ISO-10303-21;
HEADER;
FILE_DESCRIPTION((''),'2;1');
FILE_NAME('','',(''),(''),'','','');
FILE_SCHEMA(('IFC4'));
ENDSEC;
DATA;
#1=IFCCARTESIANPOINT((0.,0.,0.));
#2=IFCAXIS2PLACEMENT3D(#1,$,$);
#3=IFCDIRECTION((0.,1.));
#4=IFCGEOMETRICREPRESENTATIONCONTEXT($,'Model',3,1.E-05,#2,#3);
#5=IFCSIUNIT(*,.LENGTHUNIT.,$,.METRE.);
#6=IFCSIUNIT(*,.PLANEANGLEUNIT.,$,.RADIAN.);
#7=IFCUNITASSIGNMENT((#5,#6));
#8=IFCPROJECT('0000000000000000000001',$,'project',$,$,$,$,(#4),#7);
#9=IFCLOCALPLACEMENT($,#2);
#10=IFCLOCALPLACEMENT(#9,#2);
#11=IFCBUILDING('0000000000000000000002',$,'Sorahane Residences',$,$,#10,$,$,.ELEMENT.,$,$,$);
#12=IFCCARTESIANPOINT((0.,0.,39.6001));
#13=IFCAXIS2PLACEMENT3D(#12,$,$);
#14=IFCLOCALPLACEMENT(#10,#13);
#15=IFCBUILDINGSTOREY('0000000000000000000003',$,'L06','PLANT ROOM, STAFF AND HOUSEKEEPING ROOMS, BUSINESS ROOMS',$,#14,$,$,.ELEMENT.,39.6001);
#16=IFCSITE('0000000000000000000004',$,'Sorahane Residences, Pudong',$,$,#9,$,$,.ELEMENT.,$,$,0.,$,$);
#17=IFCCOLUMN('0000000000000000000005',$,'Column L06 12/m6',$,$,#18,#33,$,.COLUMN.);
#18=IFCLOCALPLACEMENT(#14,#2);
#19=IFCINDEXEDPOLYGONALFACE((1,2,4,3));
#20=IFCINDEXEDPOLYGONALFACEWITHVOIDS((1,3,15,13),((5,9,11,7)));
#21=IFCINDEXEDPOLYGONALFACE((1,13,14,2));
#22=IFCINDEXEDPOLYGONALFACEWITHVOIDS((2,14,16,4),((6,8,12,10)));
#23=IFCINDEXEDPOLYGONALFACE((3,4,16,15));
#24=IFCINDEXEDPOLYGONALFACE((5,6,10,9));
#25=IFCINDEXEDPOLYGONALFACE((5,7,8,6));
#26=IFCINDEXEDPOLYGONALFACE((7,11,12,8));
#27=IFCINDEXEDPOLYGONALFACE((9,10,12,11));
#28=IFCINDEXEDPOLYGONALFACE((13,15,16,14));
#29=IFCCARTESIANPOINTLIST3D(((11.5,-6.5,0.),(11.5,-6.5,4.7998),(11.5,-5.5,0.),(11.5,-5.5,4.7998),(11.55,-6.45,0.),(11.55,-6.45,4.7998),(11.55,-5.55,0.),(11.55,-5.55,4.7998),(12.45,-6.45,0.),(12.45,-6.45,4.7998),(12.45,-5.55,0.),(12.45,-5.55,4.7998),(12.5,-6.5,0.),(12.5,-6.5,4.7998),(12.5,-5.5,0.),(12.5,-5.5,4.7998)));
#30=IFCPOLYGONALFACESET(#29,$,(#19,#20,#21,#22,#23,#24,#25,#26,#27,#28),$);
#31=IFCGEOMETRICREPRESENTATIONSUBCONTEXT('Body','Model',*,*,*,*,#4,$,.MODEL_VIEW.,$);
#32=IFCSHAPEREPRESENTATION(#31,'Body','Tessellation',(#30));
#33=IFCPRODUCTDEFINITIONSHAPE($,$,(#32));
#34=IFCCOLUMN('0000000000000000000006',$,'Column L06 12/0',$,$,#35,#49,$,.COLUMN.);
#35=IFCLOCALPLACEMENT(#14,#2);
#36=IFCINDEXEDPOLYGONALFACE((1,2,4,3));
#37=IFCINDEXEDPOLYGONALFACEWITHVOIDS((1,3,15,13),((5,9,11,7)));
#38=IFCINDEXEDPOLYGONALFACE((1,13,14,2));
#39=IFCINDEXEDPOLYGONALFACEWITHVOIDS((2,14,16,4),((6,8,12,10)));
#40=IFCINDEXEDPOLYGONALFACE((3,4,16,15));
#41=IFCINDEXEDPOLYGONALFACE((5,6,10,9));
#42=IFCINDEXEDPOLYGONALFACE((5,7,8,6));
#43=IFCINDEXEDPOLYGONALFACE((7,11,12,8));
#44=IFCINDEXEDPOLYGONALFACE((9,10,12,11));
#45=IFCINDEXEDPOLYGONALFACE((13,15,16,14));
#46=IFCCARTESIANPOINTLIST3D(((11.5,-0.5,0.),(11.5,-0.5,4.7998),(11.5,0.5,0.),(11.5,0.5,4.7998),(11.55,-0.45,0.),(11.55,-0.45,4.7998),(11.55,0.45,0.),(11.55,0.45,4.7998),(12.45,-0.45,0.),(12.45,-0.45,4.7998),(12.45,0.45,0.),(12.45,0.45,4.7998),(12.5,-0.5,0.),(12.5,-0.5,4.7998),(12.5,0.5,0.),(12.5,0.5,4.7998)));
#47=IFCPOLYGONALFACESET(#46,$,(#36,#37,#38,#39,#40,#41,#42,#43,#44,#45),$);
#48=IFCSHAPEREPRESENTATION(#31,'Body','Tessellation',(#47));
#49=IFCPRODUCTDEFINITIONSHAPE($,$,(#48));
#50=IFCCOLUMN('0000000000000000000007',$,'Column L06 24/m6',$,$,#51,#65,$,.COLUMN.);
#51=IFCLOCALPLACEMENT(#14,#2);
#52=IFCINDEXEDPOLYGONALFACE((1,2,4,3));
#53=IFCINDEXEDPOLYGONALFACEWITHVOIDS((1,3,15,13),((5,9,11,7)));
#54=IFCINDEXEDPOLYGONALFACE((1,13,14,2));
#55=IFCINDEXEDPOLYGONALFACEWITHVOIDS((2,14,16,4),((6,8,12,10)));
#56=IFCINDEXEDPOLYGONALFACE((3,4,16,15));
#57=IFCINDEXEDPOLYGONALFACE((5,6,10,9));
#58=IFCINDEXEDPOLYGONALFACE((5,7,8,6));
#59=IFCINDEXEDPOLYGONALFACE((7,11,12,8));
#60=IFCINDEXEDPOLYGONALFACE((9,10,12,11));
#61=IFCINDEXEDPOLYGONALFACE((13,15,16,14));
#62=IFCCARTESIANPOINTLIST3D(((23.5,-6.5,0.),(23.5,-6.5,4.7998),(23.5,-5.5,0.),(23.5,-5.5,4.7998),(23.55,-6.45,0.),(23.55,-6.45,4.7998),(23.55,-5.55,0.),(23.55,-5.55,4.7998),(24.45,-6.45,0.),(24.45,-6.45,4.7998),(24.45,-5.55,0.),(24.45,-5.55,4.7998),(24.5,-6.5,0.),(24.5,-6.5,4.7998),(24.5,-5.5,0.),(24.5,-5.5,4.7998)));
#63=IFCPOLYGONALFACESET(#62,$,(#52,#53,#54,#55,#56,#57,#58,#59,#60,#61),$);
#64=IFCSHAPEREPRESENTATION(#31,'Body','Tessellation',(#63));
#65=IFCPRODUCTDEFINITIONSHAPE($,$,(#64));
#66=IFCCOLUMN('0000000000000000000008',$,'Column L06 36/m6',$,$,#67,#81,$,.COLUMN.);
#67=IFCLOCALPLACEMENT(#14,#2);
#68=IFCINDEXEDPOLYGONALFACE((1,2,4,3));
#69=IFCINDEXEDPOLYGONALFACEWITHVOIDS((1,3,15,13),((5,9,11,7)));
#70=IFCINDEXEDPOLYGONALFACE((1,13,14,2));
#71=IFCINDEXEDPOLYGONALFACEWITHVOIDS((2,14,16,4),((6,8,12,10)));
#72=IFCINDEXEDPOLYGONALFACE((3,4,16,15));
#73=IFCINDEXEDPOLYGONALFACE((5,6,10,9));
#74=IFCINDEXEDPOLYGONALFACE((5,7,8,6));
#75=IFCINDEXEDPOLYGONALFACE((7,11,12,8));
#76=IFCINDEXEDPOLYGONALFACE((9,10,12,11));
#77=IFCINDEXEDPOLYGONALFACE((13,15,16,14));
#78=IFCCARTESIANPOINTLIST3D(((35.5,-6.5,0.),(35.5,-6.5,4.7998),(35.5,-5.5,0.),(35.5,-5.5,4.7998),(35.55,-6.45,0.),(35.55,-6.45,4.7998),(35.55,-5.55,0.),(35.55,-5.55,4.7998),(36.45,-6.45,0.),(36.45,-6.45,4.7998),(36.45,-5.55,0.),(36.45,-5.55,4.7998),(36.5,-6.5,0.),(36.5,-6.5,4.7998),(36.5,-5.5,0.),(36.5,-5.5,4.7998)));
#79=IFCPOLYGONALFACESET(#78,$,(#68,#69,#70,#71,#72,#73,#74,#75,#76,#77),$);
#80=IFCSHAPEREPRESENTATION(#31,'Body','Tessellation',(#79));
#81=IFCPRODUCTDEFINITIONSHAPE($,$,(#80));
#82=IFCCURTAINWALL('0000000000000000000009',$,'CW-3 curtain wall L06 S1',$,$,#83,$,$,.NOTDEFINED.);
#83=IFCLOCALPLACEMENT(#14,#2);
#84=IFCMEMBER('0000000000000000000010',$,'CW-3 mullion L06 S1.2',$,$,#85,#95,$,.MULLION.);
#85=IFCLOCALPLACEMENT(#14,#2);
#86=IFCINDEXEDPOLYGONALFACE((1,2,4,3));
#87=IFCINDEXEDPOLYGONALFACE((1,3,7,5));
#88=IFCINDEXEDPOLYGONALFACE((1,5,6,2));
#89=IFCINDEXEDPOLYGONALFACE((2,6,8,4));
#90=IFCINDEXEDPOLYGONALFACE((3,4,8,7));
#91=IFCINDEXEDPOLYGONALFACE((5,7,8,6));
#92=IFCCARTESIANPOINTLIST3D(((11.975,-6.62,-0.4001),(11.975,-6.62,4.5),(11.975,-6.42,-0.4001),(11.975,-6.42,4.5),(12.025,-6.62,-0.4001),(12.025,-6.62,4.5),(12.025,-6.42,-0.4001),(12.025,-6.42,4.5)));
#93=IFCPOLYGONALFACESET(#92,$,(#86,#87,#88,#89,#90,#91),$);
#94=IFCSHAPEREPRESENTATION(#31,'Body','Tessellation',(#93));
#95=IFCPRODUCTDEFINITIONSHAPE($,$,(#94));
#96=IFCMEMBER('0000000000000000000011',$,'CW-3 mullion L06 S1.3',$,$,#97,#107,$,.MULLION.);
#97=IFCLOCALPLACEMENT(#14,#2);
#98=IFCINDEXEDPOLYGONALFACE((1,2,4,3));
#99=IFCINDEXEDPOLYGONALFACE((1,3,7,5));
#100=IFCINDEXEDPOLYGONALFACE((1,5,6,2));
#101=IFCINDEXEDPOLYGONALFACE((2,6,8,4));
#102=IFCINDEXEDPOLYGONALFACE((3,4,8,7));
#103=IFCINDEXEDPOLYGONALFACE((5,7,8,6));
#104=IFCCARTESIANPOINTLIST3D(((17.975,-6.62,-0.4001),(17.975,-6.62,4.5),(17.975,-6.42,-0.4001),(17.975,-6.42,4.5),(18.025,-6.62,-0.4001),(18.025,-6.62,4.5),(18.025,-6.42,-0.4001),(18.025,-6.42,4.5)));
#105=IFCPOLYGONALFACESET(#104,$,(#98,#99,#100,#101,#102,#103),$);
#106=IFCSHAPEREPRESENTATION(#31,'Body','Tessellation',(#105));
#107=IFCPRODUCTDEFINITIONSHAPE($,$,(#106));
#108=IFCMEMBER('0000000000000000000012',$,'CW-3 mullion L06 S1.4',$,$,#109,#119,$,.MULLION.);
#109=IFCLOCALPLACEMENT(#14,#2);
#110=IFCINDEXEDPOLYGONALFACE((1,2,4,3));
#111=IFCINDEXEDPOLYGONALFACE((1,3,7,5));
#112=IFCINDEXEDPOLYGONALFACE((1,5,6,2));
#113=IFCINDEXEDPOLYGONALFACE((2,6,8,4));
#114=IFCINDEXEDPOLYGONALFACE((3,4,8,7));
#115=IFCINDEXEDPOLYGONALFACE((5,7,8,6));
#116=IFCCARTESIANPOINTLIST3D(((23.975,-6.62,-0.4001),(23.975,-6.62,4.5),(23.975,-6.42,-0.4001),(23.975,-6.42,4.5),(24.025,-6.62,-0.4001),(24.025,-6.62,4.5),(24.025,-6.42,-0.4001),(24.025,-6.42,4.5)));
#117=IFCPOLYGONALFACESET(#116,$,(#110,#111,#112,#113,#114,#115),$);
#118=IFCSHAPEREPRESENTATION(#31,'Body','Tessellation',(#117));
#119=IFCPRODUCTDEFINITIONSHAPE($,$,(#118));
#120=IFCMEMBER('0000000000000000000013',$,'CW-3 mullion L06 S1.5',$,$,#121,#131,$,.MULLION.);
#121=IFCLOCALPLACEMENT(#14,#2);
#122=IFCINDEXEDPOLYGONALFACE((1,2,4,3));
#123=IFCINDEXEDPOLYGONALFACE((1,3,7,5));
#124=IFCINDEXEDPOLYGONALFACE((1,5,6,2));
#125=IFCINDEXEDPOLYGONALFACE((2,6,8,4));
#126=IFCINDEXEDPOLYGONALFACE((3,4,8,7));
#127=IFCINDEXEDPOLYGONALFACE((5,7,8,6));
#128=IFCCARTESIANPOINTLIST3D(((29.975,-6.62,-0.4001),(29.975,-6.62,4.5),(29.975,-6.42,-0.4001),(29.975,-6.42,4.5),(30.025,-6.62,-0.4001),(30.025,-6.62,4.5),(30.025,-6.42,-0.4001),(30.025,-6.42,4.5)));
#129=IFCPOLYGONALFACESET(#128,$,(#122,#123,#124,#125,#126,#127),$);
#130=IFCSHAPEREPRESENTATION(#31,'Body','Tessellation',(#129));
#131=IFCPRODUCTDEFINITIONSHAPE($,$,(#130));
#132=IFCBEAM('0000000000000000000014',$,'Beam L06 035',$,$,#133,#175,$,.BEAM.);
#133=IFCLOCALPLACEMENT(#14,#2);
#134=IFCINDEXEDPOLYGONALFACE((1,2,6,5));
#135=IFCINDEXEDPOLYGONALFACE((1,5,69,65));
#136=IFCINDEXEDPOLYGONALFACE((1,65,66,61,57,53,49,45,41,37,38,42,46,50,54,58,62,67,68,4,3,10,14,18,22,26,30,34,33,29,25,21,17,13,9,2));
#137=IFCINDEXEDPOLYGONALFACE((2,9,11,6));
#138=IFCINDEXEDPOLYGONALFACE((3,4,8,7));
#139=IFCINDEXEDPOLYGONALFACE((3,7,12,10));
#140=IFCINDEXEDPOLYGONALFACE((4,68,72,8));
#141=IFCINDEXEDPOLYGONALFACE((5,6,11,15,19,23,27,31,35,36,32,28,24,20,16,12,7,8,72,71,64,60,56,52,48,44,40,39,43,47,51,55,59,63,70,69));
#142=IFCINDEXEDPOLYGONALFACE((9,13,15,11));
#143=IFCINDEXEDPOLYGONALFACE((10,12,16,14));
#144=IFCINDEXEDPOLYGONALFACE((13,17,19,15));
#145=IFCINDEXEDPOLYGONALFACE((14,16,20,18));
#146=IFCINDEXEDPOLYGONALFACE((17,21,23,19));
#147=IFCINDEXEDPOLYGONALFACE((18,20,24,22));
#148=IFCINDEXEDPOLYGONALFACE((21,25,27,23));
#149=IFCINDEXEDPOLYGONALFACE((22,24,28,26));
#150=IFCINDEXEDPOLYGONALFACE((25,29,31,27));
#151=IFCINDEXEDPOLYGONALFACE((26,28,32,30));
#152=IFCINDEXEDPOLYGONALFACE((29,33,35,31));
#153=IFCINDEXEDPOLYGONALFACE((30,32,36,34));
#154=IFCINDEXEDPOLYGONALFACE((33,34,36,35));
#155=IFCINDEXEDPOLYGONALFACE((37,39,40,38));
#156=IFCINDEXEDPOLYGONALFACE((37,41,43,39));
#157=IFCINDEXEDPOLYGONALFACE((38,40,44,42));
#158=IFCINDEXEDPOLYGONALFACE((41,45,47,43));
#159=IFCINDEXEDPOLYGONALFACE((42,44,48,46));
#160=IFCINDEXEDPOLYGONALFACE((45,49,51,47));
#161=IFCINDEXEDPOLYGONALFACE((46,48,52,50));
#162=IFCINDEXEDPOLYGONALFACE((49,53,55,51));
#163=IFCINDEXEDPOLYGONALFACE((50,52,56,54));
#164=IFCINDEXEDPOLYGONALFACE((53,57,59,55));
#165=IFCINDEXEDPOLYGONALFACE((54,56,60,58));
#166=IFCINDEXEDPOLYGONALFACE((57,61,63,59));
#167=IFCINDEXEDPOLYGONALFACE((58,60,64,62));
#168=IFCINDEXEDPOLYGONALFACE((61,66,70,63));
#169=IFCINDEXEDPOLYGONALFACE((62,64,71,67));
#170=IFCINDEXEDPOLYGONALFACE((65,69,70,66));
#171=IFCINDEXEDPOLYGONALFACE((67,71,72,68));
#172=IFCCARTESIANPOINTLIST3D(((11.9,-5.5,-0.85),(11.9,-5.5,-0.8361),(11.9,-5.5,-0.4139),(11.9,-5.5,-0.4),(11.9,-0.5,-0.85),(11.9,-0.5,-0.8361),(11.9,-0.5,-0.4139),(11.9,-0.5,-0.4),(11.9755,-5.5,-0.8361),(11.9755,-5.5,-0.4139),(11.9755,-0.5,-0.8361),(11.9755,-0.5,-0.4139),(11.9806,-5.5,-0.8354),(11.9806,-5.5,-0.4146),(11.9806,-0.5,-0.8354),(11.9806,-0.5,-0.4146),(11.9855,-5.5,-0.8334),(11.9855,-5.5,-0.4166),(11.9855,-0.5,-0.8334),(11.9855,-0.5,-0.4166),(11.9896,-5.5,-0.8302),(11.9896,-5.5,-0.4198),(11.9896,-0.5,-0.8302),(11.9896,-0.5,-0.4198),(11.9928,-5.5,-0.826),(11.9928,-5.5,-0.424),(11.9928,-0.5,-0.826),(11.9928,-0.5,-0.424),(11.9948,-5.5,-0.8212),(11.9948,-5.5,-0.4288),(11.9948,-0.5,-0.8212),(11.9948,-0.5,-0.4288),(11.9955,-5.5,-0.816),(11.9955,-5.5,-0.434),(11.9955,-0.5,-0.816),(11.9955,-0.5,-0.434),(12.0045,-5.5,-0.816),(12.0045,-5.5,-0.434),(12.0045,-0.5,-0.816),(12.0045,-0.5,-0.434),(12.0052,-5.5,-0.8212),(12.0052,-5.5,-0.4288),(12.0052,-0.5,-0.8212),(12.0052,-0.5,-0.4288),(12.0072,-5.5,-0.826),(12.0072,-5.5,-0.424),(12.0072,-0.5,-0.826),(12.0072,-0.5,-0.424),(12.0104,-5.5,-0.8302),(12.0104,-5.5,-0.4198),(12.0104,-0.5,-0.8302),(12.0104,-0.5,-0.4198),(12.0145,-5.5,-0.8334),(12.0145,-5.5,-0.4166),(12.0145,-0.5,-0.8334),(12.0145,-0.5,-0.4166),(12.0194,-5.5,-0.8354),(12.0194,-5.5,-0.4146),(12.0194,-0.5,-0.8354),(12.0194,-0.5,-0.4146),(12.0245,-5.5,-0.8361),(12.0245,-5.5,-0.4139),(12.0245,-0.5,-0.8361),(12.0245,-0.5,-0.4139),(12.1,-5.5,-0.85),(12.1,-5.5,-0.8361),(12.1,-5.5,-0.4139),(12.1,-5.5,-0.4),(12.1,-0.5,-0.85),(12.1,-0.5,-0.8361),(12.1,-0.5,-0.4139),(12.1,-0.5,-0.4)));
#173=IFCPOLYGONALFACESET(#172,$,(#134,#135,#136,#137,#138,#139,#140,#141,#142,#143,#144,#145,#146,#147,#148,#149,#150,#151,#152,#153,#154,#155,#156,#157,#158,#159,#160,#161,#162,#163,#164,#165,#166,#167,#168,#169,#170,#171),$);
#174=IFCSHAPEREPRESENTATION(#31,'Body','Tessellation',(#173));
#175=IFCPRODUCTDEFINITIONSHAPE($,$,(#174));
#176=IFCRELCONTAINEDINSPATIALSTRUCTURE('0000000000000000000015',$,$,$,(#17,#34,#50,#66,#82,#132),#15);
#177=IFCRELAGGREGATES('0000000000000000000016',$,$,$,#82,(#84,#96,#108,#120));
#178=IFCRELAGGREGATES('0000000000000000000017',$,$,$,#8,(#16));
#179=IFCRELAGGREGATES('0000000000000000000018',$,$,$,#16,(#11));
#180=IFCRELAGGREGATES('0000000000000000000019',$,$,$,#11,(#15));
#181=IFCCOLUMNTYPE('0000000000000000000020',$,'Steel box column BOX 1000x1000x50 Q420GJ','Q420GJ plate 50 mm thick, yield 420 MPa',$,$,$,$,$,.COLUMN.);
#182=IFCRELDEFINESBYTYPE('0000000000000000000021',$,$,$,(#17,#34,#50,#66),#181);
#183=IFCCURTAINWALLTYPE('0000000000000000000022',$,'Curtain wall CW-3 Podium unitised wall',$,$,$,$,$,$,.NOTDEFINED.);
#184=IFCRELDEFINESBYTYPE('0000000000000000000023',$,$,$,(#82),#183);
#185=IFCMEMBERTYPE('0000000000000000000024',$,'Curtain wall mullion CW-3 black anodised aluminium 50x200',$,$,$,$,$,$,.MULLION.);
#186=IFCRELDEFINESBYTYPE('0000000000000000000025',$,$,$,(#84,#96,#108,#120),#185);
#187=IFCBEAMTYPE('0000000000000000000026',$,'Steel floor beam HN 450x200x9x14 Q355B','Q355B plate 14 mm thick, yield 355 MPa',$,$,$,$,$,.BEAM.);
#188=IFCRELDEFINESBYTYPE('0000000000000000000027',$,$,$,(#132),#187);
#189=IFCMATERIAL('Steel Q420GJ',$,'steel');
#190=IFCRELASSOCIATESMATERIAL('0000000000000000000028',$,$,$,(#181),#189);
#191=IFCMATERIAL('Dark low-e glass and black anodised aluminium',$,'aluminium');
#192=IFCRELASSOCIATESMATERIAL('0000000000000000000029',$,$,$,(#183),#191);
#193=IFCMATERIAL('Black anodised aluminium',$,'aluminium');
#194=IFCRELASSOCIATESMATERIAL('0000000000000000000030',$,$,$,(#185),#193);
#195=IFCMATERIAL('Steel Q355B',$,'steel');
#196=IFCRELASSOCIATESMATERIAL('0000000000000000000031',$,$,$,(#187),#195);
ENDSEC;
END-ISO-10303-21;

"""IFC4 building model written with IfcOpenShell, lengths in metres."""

from ifc_helpers import new_model, si_unit, direction, frame, origin, origin_2d, place, context, subcontext, project, spatial, rectangle, hollow_rectangle, i_section, extrude, material, material_profile, profile_set, type_object, element, aggregate, save


model = new_model("IFC4")

# Units and contexts
model_context = context("Model", 3, precision=1e-05, world=origin(), true_north=direction((0.0, 1.0)))
body_context = subcontext(model_context, "Body", "Model", "MODEL_VIEW")
ifc_project = project(units=[si_unit("LENGTHUNIT", "METRE"), si_unit("PLANEANGLEUNIT", "RADIAN")], contexts=[model_context])

# Site, building, storey
site_placement = place(None, origin())
site = spatial("IfcSite", under=ifc_project, at=site_placement, Name="Sorahane Residences, Pudong", CompositionType="ELEMENT", RefElevation=0.0)
building_placement = place(site_placement, origin())
building = spatial("IfcBuilding", under=site, at=building_placement, Name="Sorahane Residences", CompositionType="ELEMENT")
storey_placement = place(building_placement, frame((0.0, 0.0, 39.6001)))
storey = spatial("IfcBuildingStorey", under=building, at=storey_placement, Name="L06", Description="PLANT ROOM, STAFF AND HOUSEKEEPING ROOMS, BUSINESS ROOMS", CompositionType="ELEMENT", Elevation=39.6001)

# Columns
ifc_material_1 = material(Name="Steel Q420GJ", Category="steel")
ifc_material_profile_1 = material_profile(ifc_material_1, hollow_rectangle(XDim=1.0, YDim=1.0, WallThickness=0.05, at=origin_2d()), Name="BOX 1000x1000x50")
ifc_profile_set_1 = profile_set([ifc_material_profile_1], Name="Steel Q420GJ")
column_type = type_object("IfcColumnType", Name="Steel box column BOX 1000x1000x50 Q420GJ", Description="Q420GJ plate 50 mm thick, yield 420 MPa", PredefinedType="COLUMN", material=ifc_profile_set_1)
for number, where, z_axis, x_axis, name in (
    (1, (12.0, -6.0, 0.0), (0.0, 0.0, 1.0), (1.0, 0.0, 0.0), "Column L06 12/m6"),
    (2, (12.0, 0.0, 0.0), (0.0, 0.0, 1.0), (1.0, 0.0, 0.0), "Column L06 12/0"),
    (3, (24.0, -6.0, 0.0), (0.0, 0.0, 1.0), (1.0, 0.0, 0.0), "Column L06 24/m6"),
    (4, (36.0, -6.0, 0.0), (0.0, 0.0, 1.0), (1.0, 0.0, 0.0), "Column L06 36/m6"),
):
    element("IfcColumn", number, at=place(storey_placement, frame(where, z_axis=z_axis, x_axis=x_axis)), inside=storey, type_object=column_type, Name=name, PredefinedType="COLUMN", context=body_context, shape_type="SweptSolid", body=[
        extrude(hollow_rectangle(XDim=1.0, YDim=1.0, WallThickness=0.05, at=origin_2d()), origin(), (0.0, 0.0, 1.0), 4.7998),
    ])

# Curtain wall, members
ifc_material_2 = material(Name="Dark low-e glass and black anodised aluminium", Category="aluminium")
curtain_wall_type = type_object("IfcCurtainWallType", Name="Curtain wall CW-3 Podium unitised wall", PredefinedType="NOTDEFINED", material=ifc_material_2)
curtain_wall_placement = place(storey_placement, origin())
curtain_wall = element("IfcCurtainWall", 5, at=curtain_wall_placement, inside=storey, type_object=curtain_wall_type, Name="CW-3 curtain wall L06 S1", PredefinedType="NOTDEFINED")
ifc_material_3 = material(Name="Black anodised aluminium", Category="aluminium")
ifc_material_profile_2 = material_profile(ifc_material_3, rectangle(XDim=0.2, YDim=0.05, at=origin_2d()), Name="Curtain wall mullion CW-3 black anodised aluminium 50x200")
ifc_profile_set_2 = profile_set([ifc_material_profile_2], Name="Black anodised aluminium")
member_type = type_object("IfcMemberType", Name="Curtain wall mullion CW-3 black anodised aluminium 50x200", PredefinedType="MULLION", material=ifc_profile_set_2)
member_1_placement = place(storey_placement, frame((12.0, -6.52, -0.4001), z_axis=(0.0, 0.0, 1.0), x_axis=(0.0, -1.0, 0.0)))
member_1 = element("IfcMember", 6, at=member_1_placement, type_object=member_type, Name="CW-3 mullion L06 S1.2", PredefinedType="MULLION", context=body_context, shape_type="SweptSolid", body=[
    extrude(rectangle(XDim=0.2, YDim=0.05, at=origin_2d()), origin(), (0.0, 0.0, 1.0), 4.9001),
])
member_2_placement = place(storey_placement, frame((18.0, -6.52, -0.4001), z_axis=(0.0, 0.0, 1.0), x_axis=(0.0, -1.0, 0.0)))
member_2 = element("IfcMember", 7, at=member_2_placement, type_object=member_type, Name="CW-3 mullion L06 S1.3", PredefinedType="MULLION", context=body_context, shape_type="SweptSolid", body=[
    extrude(rectangle(XDim=0.2, YDim=0.05, at=origin_2d()), origin(), (0.0, 0.0, 1.0), 4.9001),
])
member_3_placement = place(storey_placement, frame((24.0, -6.52, -0.4001), z_axis=(0.0, 0.0, 1.0), x_axis=(0.0, -1.0, 0.0)))
member_3 = element("IfcMember", 8, at=member_3_placement, type_object=member_type, Name="CW-3 mullion L06 S1.4", PredefinedType="MULLION", context=body_context, shape_type="SweptSolid", body=[
    extrude(rectangle(XDim=0.2, YDim=0.05, at=origin_2d()), origin(), (0.0, 0.0, 1.0), 4.9001),
])
member_4_placement = place(storey_placement, frame((30.0, -6.52, -0.4001), z_axis=(0.0, 0.0, 1.0), x_axis=(0.0, -1.0, 0.0)))
member_4 = element("IfcMember", 9, at=member_4_placement, type_object=member_type, Name="CW-3 mullion L06 S1.5", PredefinedType="MULLION", context=body_context, shape_type="SweptSolid", body=[
    extrude(rectangle(XDim=0.2, YDim=0.05, at=origin_2d()), origin(), (0.0, 0.0, 1.0), 4.9001),
])

# Beam
ifc_material_4 = material(Name="Steel Q355B", Category="steel")
ifc_material_profile_3 = material_profile(ifc_material_4, i_section(OverallWidth=0.2, OverallDepth=0.45, WebThickness=0.009, FlangeThickness=0.0139, FilletRadius=0.02, at=origin_2d()), Name="HN 450x200x9x14")
ifc_profile_set_3 = profile_set([ifc_material_profile_3], Name="Steel Q355B")
beam_type_1 = type_object("IfcBeamType", Name="Steel floor beam HN 450x200x9x14 Q355B", Description="Q355B plate 14 mm thick, yield 355 MPa", PredefinedType="BEAM", material=ifc_profile_set_3)
for number, where, z_axis, x_axis, name in (
    (10, (12.0, -5.5, -0.625), (0.0, 1.0, 0.0), (-1.0, 0.0, 0.0), "Beam L06 035"),
):
    element("IfcBeam", number, at=place(storey_placement, frame(where, z_axis=z_axis, x_axis=x_axis)), inside=storey, type_object=beam_type_1, Name=name, PredefinedType="BEAM", context=body_context, shape_type="SweptSolid", body=[
        extrude(i_section(OverallWidth=0.2, OverallDepth=0.45, WebThickness=0.009, FlangeThickness=0.0139, FilletRadius=0.02, at=origin_2d()), origin(), (0.0, 0.0, 1.0), 5.0),
    ])

aggregate(curtain_wall, [member_1, member_2, member_3, member_4])

save(model, "model.ifc")
